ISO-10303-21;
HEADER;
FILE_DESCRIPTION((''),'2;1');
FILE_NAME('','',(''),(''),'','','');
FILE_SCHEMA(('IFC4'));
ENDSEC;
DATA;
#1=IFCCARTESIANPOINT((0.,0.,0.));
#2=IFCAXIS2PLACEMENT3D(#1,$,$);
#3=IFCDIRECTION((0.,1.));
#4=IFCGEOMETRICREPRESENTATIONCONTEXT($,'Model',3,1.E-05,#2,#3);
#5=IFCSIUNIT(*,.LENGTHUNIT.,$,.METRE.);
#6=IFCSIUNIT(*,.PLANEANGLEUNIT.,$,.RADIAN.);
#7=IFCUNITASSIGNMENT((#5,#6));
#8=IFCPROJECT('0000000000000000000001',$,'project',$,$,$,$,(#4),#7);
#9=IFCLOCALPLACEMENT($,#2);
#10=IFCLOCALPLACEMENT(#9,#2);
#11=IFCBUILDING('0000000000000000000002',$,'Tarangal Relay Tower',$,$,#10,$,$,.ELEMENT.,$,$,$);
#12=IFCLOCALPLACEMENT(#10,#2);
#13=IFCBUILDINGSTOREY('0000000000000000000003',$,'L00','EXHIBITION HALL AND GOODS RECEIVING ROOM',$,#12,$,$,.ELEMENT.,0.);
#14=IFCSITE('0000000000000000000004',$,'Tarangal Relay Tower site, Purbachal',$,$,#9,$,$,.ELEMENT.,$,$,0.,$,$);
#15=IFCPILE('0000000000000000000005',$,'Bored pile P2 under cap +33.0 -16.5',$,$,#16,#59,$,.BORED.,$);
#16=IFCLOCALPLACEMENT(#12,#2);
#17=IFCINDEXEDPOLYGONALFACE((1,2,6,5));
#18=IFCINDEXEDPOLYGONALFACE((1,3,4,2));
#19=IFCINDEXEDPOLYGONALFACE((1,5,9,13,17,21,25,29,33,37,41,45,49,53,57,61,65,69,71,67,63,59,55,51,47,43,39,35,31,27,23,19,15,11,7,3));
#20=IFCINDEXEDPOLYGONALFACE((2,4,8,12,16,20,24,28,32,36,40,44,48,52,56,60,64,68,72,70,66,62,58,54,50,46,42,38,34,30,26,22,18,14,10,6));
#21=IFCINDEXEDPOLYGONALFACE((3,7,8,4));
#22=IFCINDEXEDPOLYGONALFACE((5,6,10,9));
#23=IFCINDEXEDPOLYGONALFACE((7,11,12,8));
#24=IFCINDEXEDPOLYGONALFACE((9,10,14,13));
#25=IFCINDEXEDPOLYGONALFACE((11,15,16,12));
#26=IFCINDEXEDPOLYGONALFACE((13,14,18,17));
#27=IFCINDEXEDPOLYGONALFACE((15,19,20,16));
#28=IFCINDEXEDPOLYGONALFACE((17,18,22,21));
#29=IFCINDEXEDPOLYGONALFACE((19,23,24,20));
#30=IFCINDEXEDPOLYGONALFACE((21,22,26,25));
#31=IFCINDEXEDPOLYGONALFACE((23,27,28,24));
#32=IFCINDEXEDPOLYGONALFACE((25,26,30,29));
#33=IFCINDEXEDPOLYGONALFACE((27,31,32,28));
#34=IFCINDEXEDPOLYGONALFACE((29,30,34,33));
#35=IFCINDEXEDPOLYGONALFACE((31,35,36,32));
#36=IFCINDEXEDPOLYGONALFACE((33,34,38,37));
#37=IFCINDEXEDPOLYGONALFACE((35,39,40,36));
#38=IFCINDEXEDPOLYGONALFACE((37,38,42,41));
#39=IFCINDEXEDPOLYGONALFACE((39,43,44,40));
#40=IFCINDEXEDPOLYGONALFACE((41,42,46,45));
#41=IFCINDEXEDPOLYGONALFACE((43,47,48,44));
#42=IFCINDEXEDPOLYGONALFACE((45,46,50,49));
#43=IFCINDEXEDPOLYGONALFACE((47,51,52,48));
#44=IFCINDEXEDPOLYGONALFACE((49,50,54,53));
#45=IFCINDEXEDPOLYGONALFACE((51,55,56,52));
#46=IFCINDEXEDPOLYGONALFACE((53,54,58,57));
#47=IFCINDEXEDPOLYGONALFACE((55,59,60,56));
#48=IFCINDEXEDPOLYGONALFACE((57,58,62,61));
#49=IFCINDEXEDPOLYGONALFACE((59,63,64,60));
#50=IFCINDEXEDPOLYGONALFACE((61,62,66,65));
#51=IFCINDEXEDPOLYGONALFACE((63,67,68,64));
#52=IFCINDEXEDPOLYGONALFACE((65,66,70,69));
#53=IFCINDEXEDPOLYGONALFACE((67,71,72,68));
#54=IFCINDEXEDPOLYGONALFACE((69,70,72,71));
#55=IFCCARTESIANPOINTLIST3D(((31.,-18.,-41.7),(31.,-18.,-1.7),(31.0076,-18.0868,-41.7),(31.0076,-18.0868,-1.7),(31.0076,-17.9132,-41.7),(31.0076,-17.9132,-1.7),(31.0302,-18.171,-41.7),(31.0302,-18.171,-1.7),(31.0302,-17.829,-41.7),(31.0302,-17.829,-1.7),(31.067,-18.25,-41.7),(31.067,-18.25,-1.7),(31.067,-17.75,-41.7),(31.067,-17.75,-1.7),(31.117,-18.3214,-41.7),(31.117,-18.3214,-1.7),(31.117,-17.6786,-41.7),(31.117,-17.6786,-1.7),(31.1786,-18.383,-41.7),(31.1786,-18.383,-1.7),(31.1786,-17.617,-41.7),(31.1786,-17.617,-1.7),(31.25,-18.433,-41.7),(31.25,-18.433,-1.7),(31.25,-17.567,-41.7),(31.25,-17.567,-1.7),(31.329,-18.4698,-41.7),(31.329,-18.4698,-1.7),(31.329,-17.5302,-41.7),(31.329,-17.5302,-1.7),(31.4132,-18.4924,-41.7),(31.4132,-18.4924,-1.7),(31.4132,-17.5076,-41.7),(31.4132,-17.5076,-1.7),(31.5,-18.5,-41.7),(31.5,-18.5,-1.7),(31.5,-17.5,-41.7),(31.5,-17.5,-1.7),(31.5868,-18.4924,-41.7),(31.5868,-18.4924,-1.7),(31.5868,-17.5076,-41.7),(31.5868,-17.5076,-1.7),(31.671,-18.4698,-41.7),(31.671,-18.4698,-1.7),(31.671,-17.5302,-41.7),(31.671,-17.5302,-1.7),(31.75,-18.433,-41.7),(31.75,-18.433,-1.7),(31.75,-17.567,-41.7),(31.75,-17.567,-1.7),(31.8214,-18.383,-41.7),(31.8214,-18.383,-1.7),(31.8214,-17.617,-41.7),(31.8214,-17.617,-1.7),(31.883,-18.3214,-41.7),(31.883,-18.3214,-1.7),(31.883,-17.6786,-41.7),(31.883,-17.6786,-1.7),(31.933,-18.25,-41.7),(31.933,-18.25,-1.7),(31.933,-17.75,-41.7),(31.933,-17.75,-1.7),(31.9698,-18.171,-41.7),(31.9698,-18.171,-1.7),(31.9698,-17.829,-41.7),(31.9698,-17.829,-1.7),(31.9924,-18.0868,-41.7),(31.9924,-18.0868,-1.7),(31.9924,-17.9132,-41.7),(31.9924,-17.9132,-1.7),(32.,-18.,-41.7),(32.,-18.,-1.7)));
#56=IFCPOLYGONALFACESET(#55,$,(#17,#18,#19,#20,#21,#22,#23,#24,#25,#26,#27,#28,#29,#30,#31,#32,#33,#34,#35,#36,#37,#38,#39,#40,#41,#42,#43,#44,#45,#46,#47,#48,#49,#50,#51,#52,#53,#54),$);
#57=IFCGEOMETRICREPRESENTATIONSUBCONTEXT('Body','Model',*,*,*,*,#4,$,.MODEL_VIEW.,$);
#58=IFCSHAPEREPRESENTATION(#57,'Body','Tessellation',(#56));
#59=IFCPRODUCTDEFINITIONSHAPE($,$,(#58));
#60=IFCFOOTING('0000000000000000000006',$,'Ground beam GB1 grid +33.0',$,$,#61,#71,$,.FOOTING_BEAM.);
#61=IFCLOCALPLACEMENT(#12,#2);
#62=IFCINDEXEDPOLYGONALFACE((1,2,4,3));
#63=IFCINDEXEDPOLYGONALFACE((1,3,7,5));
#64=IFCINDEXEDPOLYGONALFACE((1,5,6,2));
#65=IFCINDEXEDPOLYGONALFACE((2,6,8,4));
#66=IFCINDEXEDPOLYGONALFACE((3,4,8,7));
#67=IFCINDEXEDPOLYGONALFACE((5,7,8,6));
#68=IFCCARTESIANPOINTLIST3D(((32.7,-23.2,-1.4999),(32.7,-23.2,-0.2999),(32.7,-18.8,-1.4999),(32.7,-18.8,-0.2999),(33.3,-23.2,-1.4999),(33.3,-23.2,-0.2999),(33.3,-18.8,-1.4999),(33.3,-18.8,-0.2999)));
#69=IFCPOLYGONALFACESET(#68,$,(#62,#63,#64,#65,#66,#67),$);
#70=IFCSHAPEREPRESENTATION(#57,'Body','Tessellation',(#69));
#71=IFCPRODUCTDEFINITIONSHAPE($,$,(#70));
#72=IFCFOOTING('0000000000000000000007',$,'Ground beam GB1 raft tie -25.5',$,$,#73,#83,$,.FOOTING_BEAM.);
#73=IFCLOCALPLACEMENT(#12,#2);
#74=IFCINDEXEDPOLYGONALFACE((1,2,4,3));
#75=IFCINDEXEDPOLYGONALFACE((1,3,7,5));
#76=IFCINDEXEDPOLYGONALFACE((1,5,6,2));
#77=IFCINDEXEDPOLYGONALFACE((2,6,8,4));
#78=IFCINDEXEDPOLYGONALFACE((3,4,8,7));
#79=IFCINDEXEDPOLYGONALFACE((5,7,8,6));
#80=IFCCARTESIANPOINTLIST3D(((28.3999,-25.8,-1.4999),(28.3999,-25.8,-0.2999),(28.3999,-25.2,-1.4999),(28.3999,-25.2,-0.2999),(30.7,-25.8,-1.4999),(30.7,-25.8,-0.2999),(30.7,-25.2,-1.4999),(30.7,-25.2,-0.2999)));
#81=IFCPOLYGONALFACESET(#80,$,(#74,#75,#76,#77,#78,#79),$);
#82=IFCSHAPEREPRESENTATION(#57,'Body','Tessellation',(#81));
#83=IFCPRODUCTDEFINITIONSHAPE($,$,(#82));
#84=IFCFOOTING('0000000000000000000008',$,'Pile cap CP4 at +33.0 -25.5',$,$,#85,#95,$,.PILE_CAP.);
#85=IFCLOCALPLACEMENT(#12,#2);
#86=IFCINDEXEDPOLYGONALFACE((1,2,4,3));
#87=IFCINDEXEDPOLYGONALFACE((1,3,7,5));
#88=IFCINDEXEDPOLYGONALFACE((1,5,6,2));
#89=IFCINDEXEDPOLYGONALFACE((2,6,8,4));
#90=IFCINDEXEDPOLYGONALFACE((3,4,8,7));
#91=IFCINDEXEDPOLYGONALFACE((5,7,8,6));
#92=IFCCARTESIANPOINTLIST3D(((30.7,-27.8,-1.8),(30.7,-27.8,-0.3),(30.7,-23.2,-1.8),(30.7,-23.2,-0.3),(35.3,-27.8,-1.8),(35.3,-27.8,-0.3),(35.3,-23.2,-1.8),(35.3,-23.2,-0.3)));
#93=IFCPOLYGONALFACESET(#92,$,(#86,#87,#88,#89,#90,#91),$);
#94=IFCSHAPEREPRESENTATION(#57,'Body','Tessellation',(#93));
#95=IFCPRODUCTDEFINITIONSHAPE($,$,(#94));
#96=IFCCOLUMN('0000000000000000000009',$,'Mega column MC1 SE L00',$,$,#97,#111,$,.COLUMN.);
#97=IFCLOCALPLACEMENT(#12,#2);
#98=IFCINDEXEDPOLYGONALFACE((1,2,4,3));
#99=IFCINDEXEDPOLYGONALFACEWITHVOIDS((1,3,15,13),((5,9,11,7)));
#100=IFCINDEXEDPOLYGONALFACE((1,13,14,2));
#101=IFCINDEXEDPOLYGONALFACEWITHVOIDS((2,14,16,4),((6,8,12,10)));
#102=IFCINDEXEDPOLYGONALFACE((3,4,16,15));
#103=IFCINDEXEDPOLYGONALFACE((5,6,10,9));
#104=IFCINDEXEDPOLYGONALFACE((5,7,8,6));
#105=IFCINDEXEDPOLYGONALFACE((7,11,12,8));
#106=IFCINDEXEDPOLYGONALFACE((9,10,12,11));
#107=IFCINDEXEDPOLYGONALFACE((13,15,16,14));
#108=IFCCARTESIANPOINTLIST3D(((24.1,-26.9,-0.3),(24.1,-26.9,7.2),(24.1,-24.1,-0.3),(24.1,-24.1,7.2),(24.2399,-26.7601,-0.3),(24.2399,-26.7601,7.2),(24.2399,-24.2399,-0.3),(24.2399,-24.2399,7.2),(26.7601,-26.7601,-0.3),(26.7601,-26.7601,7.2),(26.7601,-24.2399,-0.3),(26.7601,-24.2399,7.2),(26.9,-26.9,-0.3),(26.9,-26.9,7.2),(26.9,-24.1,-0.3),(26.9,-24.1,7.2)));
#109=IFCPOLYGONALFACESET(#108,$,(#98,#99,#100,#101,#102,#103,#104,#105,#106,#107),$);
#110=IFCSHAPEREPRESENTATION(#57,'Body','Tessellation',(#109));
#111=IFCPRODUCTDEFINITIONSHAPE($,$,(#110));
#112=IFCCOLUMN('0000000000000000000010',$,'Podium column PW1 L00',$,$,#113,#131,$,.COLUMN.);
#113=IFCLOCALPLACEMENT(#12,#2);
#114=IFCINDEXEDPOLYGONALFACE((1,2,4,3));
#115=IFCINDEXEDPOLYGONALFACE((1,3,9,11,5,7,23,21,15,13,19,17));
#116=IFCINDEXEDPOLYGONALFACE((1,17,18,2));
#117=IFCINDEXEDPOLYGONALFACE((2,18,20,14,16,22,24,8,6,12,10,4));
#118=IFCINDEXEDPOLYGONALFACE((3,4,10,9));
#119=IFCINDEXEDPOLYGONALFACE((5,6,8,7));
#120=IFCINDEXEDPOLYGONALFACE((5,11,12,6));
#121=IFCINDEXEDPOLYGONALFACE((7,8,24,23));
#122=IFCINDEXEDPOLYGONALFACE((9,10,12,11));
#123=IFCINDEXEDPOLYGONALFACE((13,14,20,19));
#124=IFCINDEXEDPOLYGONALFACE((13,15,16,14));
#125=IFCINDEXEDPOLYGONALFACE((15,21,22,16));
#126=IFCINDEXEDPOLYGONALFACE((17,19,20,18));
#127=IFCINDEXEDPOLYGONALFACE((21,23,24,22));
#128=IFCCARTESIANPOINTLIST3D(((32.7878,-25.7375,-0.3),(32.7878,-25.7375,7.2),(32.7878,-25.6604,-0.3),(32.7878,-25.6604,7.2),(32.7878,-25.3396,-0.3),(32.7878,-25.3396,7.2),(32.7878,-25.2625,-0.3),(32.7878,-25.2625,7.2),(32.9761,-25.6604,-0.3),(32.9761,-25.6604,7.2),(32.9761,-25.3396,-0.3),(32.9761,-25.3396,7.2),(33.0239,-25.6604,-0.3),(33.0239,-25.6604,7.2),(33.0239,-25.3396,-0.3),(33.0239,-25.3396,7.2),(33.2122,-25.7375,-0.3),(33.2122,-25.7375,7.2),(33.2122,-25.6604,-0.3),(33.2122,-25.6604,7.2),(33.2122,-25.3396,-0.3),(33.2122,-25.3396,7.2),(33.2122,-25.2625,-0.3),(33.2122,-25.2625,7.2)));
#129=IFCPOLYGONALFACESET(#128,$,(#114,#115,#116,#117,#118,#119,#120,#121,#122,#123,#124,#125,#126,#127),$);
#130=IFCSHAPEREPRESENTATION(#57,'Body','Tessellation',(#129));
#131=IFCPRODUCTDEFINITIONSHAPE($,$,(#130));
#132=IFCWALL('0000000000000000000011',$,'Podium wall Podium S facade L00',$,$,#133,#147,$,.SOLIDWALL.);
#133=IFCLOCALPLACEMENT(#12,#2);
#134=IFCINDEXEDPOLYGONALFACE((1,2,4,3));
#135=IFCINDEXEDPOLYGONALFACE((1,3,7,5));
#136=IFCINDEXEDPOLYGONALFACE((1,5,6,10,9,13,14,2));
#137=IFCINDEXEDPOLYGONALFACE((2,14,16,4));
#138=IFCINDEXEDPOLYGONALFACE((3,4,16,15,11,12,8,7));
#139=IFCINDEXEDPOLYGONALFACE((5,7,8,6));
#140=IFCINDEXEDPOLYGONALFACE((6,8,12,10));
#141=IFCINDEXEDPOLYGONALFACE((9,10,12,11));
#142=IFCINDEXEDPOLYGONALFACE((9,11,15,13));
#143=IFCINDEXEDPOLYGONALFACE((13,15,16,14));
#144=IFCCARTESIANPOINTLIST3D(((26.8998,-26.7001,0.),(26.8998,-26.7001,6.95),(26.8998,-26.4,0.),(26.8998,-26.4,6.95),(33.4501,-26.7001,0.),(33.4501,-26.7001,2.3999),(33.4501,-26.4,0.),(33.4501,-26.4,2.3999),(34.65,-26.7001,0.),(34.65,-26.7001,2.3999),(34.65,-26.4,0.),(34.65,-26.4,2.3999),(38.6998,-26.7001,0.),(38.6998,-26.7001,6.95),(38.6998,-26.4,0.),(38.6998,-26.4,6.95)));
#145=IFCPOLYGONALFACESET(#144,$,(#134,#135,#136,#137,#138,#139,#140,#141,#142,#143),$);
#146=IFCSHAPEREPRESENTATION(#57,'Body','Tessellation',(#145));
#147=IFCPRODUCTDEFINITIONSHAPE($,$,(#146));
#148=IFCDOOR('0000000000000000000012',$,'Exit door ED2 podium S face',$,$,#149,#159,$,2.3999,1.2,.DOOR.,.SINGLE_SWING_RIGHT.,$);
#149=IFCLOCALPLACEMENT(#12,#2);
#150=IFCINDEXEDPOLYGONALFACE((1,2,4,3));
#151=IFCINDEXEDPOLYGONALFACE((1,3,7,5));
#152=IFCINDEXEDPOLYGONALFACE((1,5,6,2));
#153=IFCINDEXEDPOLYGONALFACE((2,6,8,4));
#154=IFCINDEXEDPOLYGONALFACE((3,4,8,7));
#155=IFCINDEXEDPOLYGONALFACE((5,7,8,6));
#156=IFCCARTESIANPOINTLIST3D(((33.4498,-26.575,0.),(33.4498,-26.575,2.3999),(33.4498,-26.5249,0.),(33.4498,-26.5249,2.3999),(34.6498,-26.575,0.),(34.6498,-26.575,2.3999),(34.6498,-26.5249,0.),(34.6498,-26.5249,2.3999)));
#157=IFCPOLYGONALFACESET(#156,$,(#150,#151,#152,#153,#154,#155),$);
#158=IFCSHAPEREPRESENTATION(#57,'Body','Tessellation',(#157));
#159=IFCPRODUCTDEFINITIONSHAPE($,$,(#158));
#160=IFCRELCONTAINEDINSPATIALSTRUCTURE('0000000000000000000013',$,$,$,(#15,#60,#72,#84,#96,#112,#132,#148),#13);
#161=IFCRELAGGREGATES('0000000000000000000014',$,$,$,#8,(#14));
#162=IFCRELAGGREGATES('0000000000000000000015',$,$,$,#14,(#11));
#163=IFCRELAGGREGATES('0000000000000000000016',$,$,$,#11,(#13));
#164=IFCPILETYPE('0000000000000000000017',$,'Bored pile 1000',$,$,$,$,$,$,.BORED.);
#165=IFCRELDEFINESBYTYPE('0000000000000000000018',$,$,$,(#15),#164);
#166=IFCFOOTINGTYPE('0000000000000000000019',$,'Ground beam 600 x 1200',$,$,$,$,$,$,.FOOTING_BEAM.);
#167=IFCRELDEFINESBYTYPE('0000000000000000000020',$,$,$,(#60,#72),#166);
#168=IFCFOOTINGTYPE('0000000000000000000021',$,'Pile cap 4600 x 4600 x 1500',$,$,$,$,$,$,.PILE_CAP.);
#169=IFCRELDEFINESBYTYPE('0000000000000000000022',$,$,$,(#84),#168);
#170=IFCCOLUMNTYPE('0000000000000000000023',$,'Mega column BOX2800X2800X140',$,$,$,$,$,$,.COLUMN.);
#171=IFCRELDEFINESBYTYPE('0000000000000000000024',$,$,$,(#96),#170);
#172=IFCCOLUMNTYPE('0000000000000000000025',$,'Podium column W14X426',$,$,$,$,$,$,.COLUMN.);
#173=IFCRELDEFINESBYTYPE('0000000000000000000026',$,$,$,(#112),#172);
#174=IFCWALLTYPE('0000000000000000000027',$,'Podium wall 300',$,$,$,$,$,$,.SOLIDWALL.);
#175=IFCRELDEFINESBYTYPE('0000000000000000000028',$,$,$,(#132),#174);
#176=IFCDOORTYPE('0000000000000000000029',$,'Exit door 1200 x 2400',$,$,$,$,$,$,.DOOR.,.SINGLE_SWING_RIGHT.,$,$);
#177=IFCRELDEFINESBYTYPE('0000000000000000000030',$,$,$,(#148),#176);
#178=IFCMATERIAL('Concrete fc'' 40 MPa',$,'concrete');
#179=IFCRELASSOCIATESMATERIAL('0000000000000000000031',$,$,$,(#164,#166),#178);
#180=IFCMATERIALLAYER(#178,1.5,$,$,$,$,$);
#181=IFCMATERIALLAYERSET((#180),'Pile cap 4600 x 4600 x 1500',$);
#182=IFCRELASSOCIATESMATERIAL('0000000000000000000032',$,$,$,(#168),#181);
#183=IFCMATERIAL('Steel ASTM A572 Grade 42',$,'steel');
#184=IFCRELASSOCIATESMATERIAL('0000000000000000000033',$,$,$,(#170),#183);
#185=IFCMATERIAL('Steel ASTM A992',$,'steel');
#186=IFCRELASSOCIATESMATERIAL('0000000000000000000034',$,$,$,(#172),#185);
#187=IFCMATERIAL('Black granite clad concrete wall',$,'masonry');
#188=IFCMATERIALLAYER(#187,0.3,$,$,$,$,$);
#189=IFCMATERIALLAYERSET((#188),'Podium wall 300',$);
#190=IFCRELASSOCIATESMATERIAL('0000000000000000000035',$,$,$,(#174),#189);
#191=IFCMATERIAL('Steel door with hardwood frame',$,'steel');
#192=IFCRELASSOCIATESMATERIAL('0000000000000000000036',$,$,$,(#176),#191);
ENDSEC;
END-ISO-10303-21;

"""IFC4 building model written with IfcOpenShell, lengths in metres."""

from ifc_helpers import new_model, si_unit, direction, frame, frame_2d, origin, origin_2d, place, context, subcontext, project, spatial, rectangle, hollow_rectangle, circle, i_section, extrude, material, layer, layer_set, material_profile, profile_set, type_object, element, fill, save


model = new_model("IFC4")

# Units and contexts
model_context = context("Model", 3, precision=1e-05, world=origin(), true_north=direction((0.0, 1.0)))
body_context = subcontext(model_context, "Body", "Model", "MODEL_VIEW")
ifc_project = project(units=[si_unit("LENGTHUNIT", "METRE"), si_unit("PLANEANGLEUNIT", "RADIAN")], contexts=[model_context])

# Site, building, storey
site_placement = place(None, origin())
site = spatial("IfcSite", under=ifc_project, at=site_placement, Name="Tarangal Relay Tower site, Purbachal", CompositionType="ELEMENT", RefElevation=0.0)
building_placement = place(site_placement, origin())
building = spatial("IfcBuilding", under=site, at=building_placement, Name="Tarangal Relay Tower", CompositionType="ELEMENT")
storey_placement = place(building_placement, origin())
storey = spatial("IfcBuildingStorey", under=building, at=storey_placement, Name="L00", Description="EXHIBITION HALL AND GOODS RECEIVING ROOM", CompositionType="ELEMENT", Elevation=0.0)

# Pile
ifc_material_1 = material(Name="Concrete fc' 40 MPa", Category="concrete")
ifc_material_profile_1 = material_profile(ifc_material_1, circle(Radius=0.5, at=origin_2d()), Name="D1000")
ifc_profile_set_1 = profile_set([ifc_material_profile_1], Name="Concrete fc' 40 MPa")
pile_type = type_object("IfcPileType", Name="Bored pile 1000", PredefinedType="BORED", material=ifc_profile_set_1)
for number, where, z_axis, x_axis, name in (
    (1, (31.5, -18.0, -1.7), (0.0, 0.0, -1.0), (1.0, 0.0, 0.0), "Bored pile P2 under cap +33.0 -16.5"),
):
    element("IfcPile", number, at=place(storey_placement, frame(where, z_axis=z_axis, x_axis=x_axis)), inside=storey, type_object=pile_type, Name=name, PredefinedType="BORED", context=body_context, shape_type="SweptSolid", body=[
        extrude(circle(Radius=0.5, at=origin_2d()), origin(), (0.0, 0.0, 1.0), 40.0),
    ])

# Footings
ifc_material_profile_2 = material_profile(ifc_material_1, rectangle(XDim=0.6001, YDim=1.2, at=origin_2d()), Name="GB 600X1200")
ifc_profile_set_2 = profile_set([ifc_material_profile_2], Name="Concrete fc' 40 MPa")
footing_type_1 = type_object("IfcFootingType", Name="Ground beam 600 x 1200", PredefinedType="FOOTING_BEAM", material=ifc_profile_set_2)
footing_1_placement = place(storey_placement, frame((33.0, -23.2, -0.8999), z_axis=(0.0, 1.0, 0.0), x_axis=(-1.0, 0.0, 0.0)))
element("IfcFooting", 2, at=footing_1_placement, inside=storey, type_object=footing_type_1, Name="Ground beam GB1 grid +33.0", PredefinedType="FOOTING_BEAM", context=body_context, shape_type="SweptSolid", body=[
    extrude(rectangle(XDim=0.6001, YDim=1.2, at=origin_2d()), origin(), (0.0, 0.0, 1.0), 4.3999),
])
footing_2_placement = place(storey_placement, frame((28.3999, -25.5, -0.8999), z_axis=(1.0, 0.0, 0.0), x_axis=(0.0, 1.0, 0.0)))
element("IfcFooting", 3, at=footing_2_placement, inside=storey, type_object=footing_type_1, Name="Ground beam GB1 raft tie -25.5", PredefinedType="FOOTING_BEAM", context=body_context, shape_type="SweptSolid", body=[
    extrude(rectangle(XDim=0.6001, YDim=1.2, at=origin_2d()), origin(), (0.0, 0.0, 1.0), 2.3),
])
ifc_layer_1 = layer(ifc_material_1, 1.5)
ifc_layer_set_1 = layer_set([ifc_layer_1], Name="Pile cap 4600 x 4600 x 1500")
footing_type_2 = type_object("IfcFootingType", Name="Pile cap 4600 x 4600 x 1500", PredefinedType="PILE_CAP", material=ifc_layer_set_1)
footing_3_placement = place(storey_placement, frame((33.0, -25.5, -1.8), z_axis=(0.0, 0.0, 1.0), x_axis=(1.0, 0.0, 0.0)))
element("IfcFooting", 4, at=footing_3_placement, inside=storey, type_object=footing_type_2, Name="Pile cap CP4 at +33.0 -25.5", PredefinedType="PILE_CAP", context=body_context, shape_type="SweptSolid", body=[
    extrude(rectangle(XDim=4.6001, YDim=4.6001, at=origin_2d()), origin(), (0.0, 0.0, 1.0), 1.5),
])

# Columns
ifc_material_2 = material(Name="Steel ASTM A572 Grade 42", Category="steel")
ifc_material_profile_3 = material_profile(ifc_material_2, hollow_rectangle(XDim=2.8, YDim=2.8, WallThickness=0.1399, at=origin_2d()), Name="BOX2800X2800X140")
ifc_profile_set_3 = profile_set([ifc_material_profile_3], Name="Steel ASTM A572 Grade 42")
column_type_1 = type_object("IfcColumnType", Name="Mega column BOX2800X2800X140", PredefinedType="COLUMN", material=ifc_profile_set_3)
column_1_placement = place(storey_placement, frame((25.5, -25.5, -0.3), z_axis=(0.0, 0.0, 1.0), x_axis=(1.0, 0.0, 0.0)))
element("IfcColumn", 5, at=column_1_placement, inside=storey, type_object=column_type_1, Name="Mega column MC1 SE L00", PredefinedType="COLUMN", context=body_context, shape_type="SweptSolid", body=[
    extrude(hollow_rectangle(XDim=2.8, YDim=2.8, WallThickness=0.1399, at=origin_2d()), origin(), (0.0, 0.0, 1.0), 7.5),
])
ifc_material_3 = material(Name="Steel ASTM A992", Category="steel")
ifc_material_profile_4 = material_profile(ifc_material_3, i_section(OverallWidth=0.4243, OverallDepth=0.4751, WebThickness=0.0479, FlangeThickness=0.0771, at=origin_2d()), Name="W14X426")
ifc_profile_set_4 = profile_set([ifc_material_profile_4], Name="Steel ASTM A992")
column_type_2 = type_object("IfcColumnType", Name="Podium column W14X426", PredefinedType="COLUMN", material=ifc_profile_set_4)
column_2_placement = place(storey_placement, frame((33.0, -25.5, -0.3), z_axis=(0.0, 0.0, 1.0), x_axis=(1.0, 0.0, 0.0)))
element("IfcColumn", 6, at=column_2_placement, inside=storey, type_object=column_type_2, Name="Podium column PW1 L00", PredefinedType="COLUMN", context=body_context, shape_type="SweptSolid", body=[
    extrude(i_section(OverallWidth=0.4243, OverallDepth=0.4751, WebThickness=0.0479, FlangeThickness=0.0771, at=origin_2d()), origin(), (0.0, 0.0, 1.0), 7.5),
])

# Wall, opening, door
ifc_material_4 = material(Name="Black granite clad concrete wall", Category="masonry")
ifc_layer_2 = layer(ifc_material_4, 0.3)
ifc_layer_set_2 = layer_set([ifc_layer_2], Name="Podium wall 300")
wall_type_1 = type_object("IfcWallType", Name="Podium wall 300", PredefinedType="SOLIDWALL", material=ifc_layer_set_2)
wall_1_placement = place(storey_placement, frame((26.8999, -26.55, 0.0), z_axis=(0.0, 0.0, 1.0), x_axis=(1.0, 0.0, 0.0)))
wall_1 = element("IfcWall", 7, at=wall_1_placement, inside=storey, type_object=wall_type_1, Name="Podium wall Podium S facade L00", PredefinedType="SOLIDWALL", context=body_context, shape_type="SweptSolid", body=[
    extrude(rectangle(XDim=11.8, YDim=0.3, at=frame_2d((5.8999, 0.0))), origin(), (0.0, 0.0, 1.0), 6.95),
])
opening_1_placement = place(wall_1_placement, frame((6.55, 0.0, 0.0)))
opening_1 = element("IfcOpeningElement", 8, at=opening_1_placement, cuts=wall_1, PredefinedType="OPENING", context=body_context, shape_type="SweptSolid", body=[
    extrude(rectangle(XDim=1.2, YDim=2.3999, at=frame_2d((0.6001, 1.2))), frame((0.0, 0.1599, 0.0), z_axis=(0.0, -1.0, 0.0), x_axis=(1.0, 0.0, 0.0)), (0.0, 0.0, 1.0), 0.3201),
])
ifc_material_5 = material(Name="Steel door with hardwood frame", Category="steel")
door_type_1 = type_object("IfcDoorType", Name="Exit door 1200 x 2400", OperationType="SINGLE_SWING_RIGHT", PredefinedType="DOOR", material=ifc_material_5)
door_1_placement = place(opening_1_placement, frame((1.2, 0.0, 0.0), z_axis=(0.0, 0.0, 1.0), x_axis=(-1.0, 0.0, 0.0)))
door_1 = element("IfcDoor", 9, at=door_1_placement, inside=storey, type_object=door_type_1, Name="Exit door ED2 podium S face", OperationType="SINGLE_SWING_RIGHT", OverallHeight=2.3999, OverallWidth=1.2, PredefinedType="DOOR", context=body_context, shape_type="SweptSolid", body=[
    extrude(rectangle(XDim=1.2, YDim=2.3999, at=frame_2d((0.6001, 1.2))), frame((0.0, 0.0249, 0.0), z_axis=(0.0, -1.0, 0.0), x_axis=(1.0, 0.0, 0.0)), (0.0, 0.0, 1.0), 0.05),
])
fill(opening_1, door_1)

save(model, "model.ifc")
